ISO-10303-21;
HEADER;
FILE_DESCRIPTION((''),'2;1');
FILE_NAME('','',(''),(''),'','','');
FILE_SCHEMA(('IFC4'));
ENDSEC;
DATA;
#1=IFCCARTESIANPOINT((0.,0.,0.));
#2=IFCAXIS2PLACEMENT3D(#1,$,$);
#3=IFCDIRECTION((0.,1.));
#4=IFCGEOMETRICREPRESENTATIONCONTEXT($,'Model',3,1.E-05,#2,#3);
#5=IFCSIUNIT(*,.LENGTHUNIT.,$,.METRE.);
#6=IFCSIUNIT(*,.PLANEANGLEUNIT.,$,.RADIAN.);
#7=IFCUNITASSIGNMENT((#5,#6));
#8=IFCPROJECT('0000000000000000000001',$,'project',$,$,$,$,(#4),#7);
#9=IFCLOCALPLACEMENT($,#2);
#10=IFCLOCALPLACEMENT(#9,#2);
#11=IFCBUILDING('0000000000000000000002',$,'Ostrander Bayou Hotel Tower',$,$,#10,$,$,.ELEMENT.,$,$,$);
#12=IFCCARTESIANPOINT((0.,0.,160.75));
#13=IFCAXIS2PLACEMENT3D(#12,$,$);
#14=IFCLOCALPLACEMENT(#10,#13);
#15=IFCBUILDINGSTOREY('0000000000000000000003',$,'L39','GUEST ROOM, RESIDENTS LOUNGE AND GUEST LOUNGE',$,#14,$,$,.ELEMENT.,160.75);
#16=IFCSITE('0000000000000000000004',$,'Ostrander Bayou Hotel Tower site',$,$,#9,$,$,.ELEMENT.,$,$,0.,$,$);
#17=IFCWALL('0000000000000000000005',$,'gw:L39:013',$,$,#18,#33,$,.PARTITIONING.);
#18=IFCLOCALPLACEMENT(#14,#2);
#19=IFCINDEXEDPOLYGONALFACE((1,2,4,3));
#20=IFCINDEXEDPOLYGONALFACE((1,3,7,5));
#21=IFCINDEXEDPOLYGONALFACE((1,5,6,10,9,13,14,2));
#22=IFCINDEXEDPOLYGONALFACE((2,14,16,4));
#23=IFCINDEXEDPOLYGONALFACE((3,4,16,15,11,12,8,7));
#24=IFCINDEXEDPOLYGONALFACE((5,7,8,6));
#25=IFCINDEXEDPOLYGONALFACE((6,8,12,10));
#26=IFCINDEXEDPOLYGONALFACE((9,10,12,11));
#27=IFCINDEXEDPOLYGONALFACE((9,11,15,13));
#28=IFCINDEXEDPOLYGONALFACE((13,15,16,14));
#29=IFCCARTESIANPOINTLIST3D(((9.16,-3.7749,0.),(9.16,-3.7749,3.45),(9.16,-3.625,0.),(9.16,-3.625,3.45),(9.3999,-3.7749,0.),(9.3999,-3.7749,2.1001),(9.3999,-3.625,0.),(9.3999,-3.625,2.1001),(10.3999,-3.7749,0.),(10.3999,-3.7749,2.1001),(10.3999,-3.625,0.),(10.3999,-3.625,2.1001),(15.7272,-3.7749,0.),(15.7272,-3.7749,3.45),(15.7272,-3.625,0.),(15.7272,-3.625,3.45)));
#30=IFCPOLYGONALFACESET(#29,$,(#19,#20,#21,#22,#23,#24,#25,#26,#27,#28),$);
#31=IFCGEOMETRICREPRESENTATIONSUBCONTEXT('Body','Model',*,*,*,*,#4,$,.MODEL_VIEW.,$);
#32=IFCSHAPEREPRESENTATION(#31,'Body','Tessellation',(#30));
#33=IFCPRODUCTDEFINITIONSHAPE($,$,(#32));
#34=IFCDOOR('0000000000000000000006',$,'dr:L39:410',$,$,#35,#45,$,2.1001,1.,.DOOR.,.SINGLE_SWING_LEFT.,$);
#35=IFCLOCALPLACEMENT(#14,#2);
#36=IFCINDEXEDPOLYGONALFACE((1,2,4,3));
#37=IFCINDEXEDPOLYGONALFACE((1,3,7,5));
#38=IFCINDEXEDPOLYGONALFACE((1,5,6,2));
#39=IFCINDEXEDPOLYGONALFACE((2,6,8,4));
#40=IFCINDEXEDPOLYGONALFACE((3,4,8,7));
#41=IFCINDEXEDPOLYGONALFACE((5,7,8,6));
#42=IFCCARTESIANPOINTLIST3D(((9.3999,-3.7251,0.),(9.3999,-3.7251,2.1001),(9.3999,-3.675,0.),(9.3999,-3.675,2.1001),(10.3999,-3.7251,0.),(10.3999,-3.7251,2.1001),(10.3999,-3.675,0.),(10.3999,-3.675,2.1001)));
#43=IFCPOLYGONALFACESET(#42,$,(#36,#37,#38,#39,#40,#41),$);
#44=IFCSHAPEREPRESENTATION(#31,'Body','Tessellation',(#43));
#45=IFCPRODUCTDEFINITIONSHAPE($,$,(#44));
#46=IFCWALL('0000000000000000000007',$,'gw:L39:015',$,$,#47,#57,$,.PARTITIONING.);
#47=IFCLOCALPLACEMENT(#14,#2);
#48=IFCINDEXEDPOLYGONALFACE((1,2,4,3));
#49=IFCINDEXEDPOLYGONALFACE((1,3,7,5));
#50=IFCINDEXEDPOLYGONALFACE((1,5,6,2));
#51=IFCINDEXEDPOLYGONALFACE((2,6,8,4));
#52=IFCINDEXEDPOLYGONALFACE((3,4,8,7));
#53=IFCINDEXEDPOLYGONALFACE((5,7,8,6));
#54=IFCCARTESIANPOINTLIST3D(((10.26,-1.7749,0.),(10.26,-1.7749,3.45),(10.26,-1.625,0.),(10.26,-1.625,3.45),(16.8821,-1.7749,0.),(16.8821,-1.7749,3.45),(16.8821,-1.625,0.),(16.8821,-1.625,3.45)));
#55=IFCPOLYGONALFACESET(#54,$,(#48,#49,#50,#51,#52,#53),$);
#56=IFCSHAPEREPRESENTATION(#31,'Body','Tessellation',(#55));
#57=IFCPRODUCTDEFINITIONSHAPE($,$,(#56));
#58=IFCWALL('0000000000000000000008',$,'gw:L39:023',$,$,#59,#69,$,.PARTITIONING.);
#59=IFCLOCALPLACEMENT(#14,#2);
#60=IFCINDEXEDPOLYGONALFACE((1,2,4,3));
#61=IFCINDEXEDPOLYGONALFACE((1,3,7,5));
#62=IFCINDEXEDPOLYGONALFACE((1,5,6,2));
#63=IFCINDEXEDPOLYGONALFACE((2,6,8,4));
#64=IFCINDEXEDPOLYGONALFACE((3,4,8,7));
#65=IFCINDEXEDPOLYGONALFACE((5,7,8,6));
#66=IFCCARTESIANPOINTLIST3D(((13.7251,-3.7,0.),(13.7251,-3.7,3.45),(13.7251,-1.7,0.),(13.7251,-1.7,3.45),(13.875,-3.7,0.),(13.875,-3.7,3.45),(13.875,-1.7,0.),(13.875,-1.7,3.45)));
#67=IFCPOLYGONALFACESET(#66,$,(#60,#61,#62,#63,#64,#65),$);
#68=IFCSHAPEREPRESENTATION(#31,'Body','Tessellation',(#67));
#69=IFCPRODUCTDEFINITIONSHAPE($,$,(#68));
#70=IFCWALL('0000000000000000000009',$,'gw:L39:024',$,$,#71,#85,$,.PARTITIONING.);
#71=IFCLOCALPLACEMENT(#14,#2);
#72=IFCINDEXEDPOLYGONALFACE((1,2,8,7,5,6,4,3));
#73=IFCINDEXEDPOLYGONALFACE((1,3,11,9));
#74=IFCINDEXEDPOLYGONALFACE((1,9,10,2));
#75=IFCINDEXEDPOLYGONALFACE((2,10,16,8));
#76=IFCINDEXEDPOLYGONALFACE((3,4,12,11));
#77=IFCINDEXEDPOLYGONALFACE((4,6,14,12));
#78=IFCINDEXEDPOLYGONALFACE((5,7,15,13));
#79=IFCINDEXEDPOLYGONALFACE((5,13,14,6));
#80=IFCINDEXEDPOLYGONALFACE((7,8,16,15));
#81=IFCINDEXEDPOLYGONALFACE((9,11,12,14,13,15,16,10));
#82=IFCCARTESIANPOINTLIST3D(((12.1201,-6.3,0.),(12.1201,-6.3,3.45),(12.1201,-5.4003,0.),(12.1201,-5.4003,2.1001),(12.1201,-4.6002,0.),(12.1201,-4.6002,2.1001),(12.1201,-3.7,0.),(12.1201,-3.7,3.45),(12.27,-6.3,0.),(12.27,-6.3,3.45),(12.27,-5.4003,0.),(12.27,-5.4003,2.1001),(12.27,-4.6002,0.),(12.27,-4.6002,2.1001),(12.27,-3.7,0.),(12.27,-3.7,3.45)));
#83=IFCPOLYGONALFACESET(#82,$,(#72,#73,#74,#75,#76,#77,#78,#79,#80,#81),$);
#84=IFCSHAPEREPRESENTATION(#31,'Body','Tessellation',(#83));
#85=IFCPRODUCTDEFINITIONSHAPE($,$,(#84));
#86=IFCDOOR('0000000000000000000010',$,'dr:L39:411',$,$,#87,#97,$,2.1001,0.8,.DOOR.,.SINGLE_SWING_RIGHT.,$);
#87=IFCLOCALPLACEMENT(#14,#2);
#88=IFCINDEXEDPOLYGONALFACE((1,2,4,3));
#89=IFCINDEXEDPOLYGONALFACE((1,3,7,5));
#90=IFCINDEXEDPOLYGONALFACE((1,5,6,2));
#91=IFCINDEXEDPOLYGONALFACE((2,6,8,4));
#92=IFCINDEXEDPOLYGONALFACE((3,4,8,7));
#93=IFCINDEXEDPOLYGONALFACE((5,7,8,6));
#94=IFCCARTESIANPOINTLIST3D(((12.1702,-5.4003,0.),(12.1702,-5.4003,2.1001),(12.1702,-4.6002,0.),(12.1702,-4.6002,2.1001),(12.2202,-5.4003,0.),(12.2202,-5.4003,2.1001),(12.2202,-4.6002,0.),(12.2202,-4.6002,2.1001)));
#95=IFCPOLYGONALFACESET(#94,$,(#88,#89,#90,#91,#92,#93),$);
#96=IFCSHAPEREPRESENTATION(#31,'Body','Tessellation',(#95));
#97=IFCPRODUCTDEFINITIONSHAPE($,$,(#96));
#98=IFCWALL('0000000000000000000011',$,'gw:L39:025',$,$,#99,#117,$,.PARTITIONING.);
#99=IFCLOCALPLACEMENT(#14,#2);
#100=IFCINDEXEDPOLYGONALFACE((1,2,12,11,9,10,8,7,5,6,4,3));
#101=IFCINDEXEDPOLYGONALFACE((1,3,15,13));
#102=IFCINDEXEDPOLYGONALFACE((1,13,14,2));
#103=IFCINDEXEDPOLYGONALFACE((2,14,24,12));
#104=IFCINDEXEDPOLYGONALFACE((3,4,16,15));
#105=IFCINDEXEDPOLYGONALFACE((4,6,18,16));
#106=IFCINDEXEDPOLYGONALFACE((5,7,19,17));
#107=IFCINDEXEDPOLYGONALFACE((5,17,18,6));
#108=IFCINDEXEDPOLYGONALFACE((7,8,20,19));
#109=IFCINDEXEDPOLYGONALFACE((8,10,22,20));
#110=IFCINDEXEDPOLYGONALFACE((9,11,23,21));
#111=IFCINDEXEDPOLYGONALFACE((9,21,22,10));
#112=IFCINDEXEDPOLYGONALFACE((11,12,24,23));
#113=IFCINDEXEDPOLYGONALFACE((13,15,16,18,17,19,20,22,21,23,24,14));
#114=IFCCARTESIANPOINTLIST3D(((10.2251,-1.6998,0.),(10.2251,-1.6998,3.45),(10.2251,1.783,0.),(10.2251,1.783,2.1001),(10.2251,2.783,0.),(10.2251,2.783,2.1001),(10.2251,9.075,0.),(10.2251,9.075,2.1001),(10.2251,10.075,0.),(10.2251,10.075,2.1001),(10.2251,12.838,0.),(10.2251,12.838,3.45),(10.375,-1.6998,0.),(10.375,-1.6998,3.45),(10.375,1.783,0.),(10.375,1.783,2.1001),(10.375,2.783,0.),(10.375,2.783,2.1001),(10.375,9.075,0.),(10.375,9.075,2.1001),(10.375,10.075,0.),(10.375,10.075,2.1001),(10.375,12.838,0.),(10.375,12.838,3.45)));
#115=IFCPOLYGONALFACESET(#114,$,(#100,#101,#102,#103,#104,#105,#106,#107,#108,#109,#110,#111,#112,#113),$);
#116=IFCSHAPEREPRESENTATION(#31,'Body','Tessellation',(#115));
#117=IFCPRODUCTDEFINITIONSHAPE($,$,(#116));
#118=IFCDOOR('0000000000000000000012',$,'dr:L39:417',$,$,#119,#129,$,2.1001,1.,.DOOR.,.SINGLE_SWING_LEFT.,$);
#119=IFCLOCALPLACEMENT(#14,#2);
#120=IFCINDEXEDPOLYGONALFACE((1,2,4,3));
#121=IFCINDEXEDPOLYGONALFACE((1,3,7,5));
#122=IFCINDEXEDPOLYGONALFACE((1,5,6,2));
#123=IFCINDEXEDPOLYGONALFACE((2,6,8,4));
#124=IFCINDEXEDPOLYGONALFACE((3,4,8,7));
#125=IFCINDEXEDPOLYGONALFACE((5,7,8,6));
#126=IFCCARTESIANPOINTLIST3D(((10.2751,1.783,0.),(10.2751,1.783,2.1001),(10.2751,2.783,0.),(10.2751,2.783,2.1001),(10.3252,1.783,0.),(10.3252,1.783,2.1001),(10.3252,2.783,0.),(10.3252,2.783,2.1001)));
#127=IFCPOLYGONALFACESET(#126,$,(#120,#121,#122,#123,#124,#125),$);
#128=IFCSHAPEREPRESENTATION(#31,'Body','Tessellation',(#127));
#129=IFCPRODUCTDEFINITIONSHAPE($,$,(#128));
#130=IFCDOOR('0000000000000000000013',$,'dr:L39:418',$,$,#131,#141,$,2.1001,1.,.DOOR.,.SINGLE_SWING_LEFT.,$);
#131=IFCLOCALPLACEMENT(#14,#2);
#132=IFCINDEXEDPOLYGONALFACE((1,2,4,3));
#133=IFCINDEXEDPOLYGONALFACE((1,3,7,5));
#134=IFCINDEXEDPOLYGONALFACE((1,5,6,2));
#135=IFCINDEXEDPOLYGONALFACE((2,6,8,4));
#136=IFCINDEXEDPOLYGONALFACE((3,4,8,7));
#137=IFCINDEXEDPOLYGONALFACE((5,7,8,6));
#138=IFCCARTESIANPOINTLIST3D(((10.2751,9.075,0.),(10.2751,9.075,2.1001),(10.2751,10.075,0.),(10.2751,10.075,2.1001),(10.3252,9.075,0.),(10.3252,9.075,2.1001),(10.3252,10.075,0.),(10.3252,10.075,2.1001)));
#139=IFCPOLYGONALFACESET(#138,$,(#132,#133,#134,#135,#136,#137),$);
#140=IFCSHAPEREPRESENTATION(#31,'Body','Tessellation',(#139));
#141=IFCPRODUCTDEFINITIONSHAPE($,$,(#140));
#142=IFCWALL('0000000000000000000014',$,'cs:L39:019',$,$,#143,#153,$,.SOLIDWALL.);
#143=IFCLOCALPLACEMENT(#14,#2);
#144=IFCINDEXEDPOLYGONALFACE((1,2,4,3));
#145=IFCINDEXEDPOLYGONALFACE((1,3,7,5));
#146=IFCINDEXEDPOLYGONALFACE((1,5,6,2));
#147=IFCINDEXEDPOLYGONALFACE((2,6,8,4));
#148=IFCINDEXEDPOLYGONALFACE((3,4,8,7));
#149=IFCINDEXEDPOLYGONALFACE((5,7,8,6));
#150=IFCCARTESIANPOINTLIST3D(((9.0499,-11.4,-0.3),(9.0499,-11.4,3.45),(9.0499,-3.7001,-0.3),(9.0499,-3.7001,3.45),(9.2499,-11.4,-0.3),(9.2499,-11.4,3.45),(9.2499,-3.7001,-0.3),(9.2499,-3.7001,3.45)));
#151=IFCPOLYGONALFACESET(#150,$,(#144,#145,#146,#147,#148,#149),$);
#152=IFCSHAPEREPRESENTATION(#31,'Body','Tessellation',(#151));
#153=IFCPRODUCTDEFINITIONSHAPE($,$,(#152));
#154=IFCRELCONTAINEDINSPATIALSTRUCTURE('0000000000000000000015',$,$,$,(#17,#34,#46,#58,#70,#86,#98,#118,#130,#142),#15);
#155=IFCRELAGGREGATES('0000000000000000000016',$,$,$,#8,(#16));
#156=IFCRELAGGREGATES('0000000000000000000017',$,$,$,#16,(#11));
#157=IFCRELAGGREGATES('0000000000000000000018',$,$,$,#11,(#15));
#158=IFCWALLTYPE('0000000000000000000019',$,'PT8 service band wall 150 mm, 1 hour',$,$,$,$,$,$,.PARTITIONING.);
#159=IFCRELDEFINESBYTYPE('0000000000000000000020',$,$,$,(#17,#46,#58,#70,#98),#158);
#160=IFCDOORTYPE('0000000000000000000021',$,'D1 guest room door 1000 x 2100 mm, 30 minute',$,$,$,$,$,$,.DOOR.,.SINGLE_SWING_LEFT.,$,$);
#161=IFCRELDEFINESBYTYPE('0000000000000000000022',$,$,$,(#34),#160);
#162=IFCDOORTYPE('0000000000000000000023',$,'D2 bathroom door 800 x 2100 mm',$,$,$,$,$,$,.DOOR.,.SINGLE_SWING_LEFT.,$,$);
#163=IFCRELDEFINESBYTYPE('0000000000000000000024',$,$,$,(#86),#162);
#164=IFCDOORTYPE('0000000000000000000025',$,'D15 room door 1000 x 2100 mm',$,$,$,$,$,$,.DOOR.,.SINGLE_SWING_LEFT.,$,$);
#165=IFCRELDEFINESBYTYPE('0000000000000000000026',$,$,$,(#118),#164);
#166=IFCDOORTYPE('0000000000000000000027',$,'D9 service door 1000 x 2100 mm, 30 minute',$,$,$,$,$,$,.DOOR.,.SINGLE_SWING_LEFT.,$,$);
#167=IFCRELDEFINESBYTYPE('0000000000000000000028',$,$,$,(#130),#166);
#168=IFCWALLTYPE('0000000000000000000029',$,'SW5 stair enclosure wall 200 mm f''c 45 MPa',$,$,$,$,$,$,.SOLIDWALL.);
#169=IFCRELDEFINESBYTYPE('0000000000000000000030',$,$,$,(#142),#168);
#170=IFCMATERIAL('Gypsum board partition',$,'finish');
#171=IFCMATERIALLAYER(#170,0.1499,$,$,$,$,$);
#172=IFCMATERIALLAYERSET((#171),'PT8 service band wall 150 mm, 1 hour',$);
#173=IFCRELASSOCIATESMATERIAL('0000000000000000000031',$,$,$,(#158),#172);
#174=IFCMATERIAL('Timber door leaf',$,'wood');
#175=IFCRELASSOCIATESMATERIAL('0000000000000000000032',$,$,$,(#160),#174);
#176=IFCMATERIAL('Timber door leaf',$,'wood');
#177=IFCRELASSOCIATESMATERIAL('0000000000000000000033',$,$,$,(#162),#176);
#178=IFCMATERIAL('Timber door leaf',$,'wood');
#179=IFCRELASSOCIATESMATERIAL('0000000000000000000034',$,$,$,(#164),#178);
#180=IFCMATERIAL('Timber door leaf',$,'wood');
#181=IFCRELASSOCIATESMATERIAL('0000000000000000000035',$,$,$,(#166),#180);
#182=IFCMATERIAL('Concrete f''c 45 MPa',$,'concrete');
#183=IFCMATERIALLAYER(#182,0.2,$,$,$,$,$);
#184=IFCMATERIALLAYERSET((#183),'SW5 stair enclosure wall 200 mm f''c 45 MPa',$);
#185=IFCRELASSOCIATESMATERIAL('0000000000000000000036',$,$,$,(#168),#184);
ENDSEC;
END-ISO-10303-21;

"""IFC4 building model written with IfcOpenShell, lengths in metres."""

from ifc_helpers import new_model, si_unit, direction, frame, frame_2d, origin, place, context, subcontext, project, spatial, rectangle, extrude, material, layer, layer_set, type_object, element, fill, save


model = new_model("IFC4")

# Units and contexts
model_context = context("Model", 3, precision=1e-05, world=origin(), true_north=direction((0.0, 1.0)))
body_context = subcontext(model_context, "Body", "Model", "MODEL_VIEW")
ifc_project = project(units=[si_unit("LENGTHUNIT", "METRE"), si_unit("PLANEANGLEUNIT", "RADIAN")], contexts=[model_context])

# Site, building, storey
site_placement = place(None, origin())
site = spatial("IfcSite", under=ifc_project, at=site_placement, Name="Ostrander Bayou Hotel Tower site", CompositionType="ELEMENT", RefElevation=0.0)
building_placement = place(site_placement, origin())
building = spatial("IfcBuilding", under=site, at=building_placement, Name="Ostrander Bayou Hotel Tower", CompositionType="ELEMENT")
storey_placement = place(building_placement, frame((0.0, 0.0, 160.75)))
storey = spatial("IfcBuildingStorey", under=building, at=storey_placement, Name="L39", Description="GUEST ROOM, RESIDENTS LOUNGE AND GUEST LOUNGE", CompositionType="ELEMENT", Elevation=160.75)

# Shared definitions
ifc_material_1 = material(Name="Gypsum board partition", Category="finish")
ifc_layer_1 = layer(ifc_material_1, 0.1499)
ifc_layer_set_1 = layer_set([ifc_layer_1], Name="PT8 service band wall 150 mm, 1 hour")
wall_type_1 = type_object("IfcWallType", Name="PT8 service band wall 150 mm, 1 hour", PredefinedType="PARTITIONING", material=ifc_layer_set_1)

# Wall, opening, door
wall_1_placement = place(storey_placement, frame((9.1599, -3.7, 0.0), z_axis=(0.0, 0.0, 1.0), x_axis=(1.0, 0.0, 0.0)))
wall_1 = element("IfcWall", 1, at=wall_1_placement, inside=storey, type_object=wall_type_1, Name="gw:L39:013", PredefinedType="PARTITIONING", context=body_context, shape_type="SweptSolid", body=[
    extrude(rectangle(XDim=6.5671, YDim=0.1499, at=frame_2d((3.2837, 0.0))), origin(), (0.0, 0.0, 1.0), 3.45),
])
opening_1_placement = place(wall_1_placement, frame((0.24, 0.0, 0.0)))
opening_1 = element("IfcOpeningElement", 2, at=opening_1_placement, cuts=wall_1, PredefinedType="OPENING", context=body_context, shape_type="SweptSolid", body=[
    extrude(rectangle(XDim=1.0, YDim=2.1001, at=frame_2d((0.5, 1.05))), frame((0.0, 0.075, 0.0), z_axis=(0.0, -1.0, 0.0), x_axis=(1.0, 0.0, 0.0)), (0.0, 0.0, 1.0), 0.1499),
])
ifc_material_2 = material(Name="Timber door leaf", Category="wood")
door_type_1 = type_object("IfcDoorType", Name="D1 guest room door 1000 x 2100 mm, 30 minute", OperationType="SINGLE_SWING_LEFT", PredefinedType="DOOR", material=ifc_material_2)
door_1_placement = place(opening_1_placement, origin())
door_1 = element("IfcDoor", 3, at=door_1_placement, inside=storey, type_object=door_type_1, Name="dr:L39:410", OperationType="SINGLE_SWING_LEFT", OverallHeight=2.1001, OverallWidth=1.0, PredefinedType="DOOR", context=body_context, shape_type="SweptSolid", body=[
    extrude(rectangle(XDim=1.0, YDim=2.1001, at=frame_2d((0.5, 1.05))), frame((0.0, 0.0249, 0.0), z_axis=(0.0, -1.0, 0.0), x_axis=(1.0, 0.0, 0.0)), (0.0, 0.0, 1.0), 0.05),
])
fill(opening_1, door_1)

# Walls
wall_2_placement = place(storey_placement, frame((10.26, -1.7, 0.0), z_axis=(0.0, 0.0, 1.0), x_axis=(1.0, 0.0, 0.0)))
element("IfcWall", 4, at=wall_2_placement, inside=storey, type_object=wall_type_1, Name="gw:L39:015", PredefinedType="PARTITIONING", context=body_context, shape_type="SweptSolid", body=[
    extrude(rectangle(XDim=6.6221, YDim=0.1499, at=frame_2d((3.311, 0.0))), origin(), (0.0, 0.0, 1.0), 3.45),
])
wall_3_placement = place(storey_placement, frame((13.8, -3.7, 0.0), z_axis=(0.0, 0.0, 1.0), x_axis=(0.0, 1.0, 0.0)))
element("IfcWall", 5, at=wall_3_placement, inside=storey, type_object=wall_type_1, Name="gw:L39:023", PredefinedType="PARTITIONING", context=body_context, shape_type="SweptSolid", body=[
    extrude(rectangle(XDim=2.0, YDim=0.1499, at=frame_2d((1.0, 0.0))), origin(), (0.0, 0.0, 1.0), 3.45),
])

# Wall, opening, door
wall_4_placement = place(storey_placement, frame((12.1951, -6.3, 0.0), z_axis=(0.0, 0.0, 1.0), x_axis=(0.0, 1.0, 0.0)))
wall_4 = element("IfcWall", 6, at=wall_4_placement, inside=storey, type_object=wall_type_1, Name="gw:L39:024", PredefinedType="PARTITIONING", context=body_context, shape_type="SweptSolid", body=[
    extrude(rectangle(XDim=2.6001, YDim=0.1499, at=frame_2d((1.3, 0.0))), origin(), (0.0, 0.0, 1.0), 3.45),
])
opening_2_placement = place(wall_4_placement, frame((0.8999, 0.0, 0.0)))
opening_2 = element("IfcOpeningElement", 7, at=opening_2_placement, cuts=wall_4, PredefinedType="OPENING", context=body_context, shape_type="SweptSolid", body=[
    extrude(rectangle(XDim=0.8, YDim=2.1001, at=frame_2d((0.3999, 1.05))), frame((0.0, 0.075, 0.0), z_axis=(0.0, -1.0, 0.0), x_axis=(1.0, 0.0, 0.0)), (0.0, 0.0, 1.0), 0.1499),
])
ifc_material_3 = material(Name="Timber door leaf", Category="wood")
door_type_2 = type_object("IfcDoorType", Name="D2 bathroom door 800 x 2100 mm", OperationType="SINGLE_SWING_LEFT", PredefinedType="DOOR", material=ifc_material_3)
door_2_placement = place(opening_2_placement, origin())
door_2 = element("IfcDoor", 8, at=door_2_placement, inside=storey, type_object=door_type_2, Name="dr:L39:411", OperationType="SINGLE_SWING_RIGHT", OverallHeight=2.1001, OverallWidth=0.8, PredefinedType="DOOR", context=body_context, shape_type="SweptSolid", body=[
    extrude(rectangle(XDim=0.8, YDim=2.1001, at=frame_2d((0.3999, 1.05))), frame((0.0, 0.0249, 0.0), z_axis=(0.0, -1.0, 0.0), x_axis=(1.0, 0.0, 0.0)), (0.0, 0.0, 1.0), 0.05),
])
fill(opening_2, door_2)

# Wall, openings, doors
wall_5_placement = place(storey_placement, frame((10.3, -1.7, 0.0), z_axis=(0.0, 0.0, 1.0), x_axis=(0.0, 1.0, 0.0)))
wall_5 = element("IfcWall", 9, at=wall_5_placement, inside=storey, type_object=wall_type_1, Name="gw:L39:025", PredefinedType="PARTITIONING", context=body_context, shape_type="SweptSolid", body=[
    extrude(rectangle(XDim=14.5378, YDim=0.1499, at=frame_2d((7.269, 0.0))), origin(), (0.0, 0.0, 1.0), 3.45),
])
opening_3_placement = place(wall_5_placement, frame((3.4829, 0.0, 0.0)))
opening_3 = element("IfcOpeningElement", 10, at=opening_3_placement, cuts=wall_5, PredefinedType="OPENING", context=body_context, shape_type="SweptSolid", body=[
    extrude(rectangle(XDim=1.0, YDim=2.1001, at=frame_2d((0.5, 1.05))), frame((0.0, 0.075, 0.0), z_axis=(0.0, -1.0, 0.0), x_axis=(1.0, 0.0, 0.0)), (0.0, 0.0, 1.0), 0.1499),
])
opening_4_placement = place(wall_5_placement, frame((10.7749, 0.0, 0.0)))
opening_4 = element("IfcOpeningElement", 11, at=opening_4_placement, cuts=wall_5, PredefinedType="OPENING", context=body_context, shape_type="SweptSolid", body=[
    extrude(rectangle(XDim=1.0, YDim=2.1001, at=frame_2d((0.5, 1.05))), frame((0.0, 0.075, 0.0), z_axis=(0.0, -1.0, 0.0), x_axis=(1.0, 0.0, 0.0)), (0.0, 0.0, 1.0), 0.1499),
])
ifc_material_4 = material(Name="Timber door leaf", Category="wood")
door_type_3 = type_object("IfcDoorType", Name="D15 room door 1000 x 2100 mm", OperationType="SINGLE_SWING_LEFT", PredefinedType="DOOR", material=ifc_material_4)
door_3_placement = place(opening_3_placement, origin())
door_3 = element("IfcDoor", 12, at=door_3_placement, inside=storey, type_object=door_type_3, Name="dr:L39:417", OperationType="SINGLE_SWING_LEFT", OverallHeight=2.1001, OverallWidth=1.0, PredefinedType="DOOR", context=body_context, shape_type="SweptSolid", body=[
    extrude(rectangle(XDim=1.0, YDim=2.1001, at=frame_2d((0.5, 1.05))), frame((0.0, 0.0249, 0.0), z_axis=(0.0, -1.0, 0.0), x_axis=(1.0, 0.0, 0.0)), (0.0, 0.0, 1.0), 0.05),
])
fill(opening_3, door_3)
ifc_material_5 = material(Name="Timber door leaf", Category="wood")
door_type_4 = type_object("IfcDoorType", Name="D9 service door 1000 x 2100 mm, 30 minute", OperationType="SINGLE_SWING_LEFT", PredefinedType="DOOR", material=ifc_material_5)
door_4_placement = place(opening_4_placement, origin())
door_4 = element("IfcDoor", 13, at=door_4_placement, inside=storey, type_object=door_type_4, Name="dr:L39:418", OperationType="SINGLE_SWING_LEFT", OverallHeight=2.1001, OverallWidth=1.0, PredefinedType="DOOR", context=body_context, shape_type="SweptSolid", body=[
    extrude(rectangle(XDim=1.0, YDim=2.1001, at=frame_2d((0.5, 1.05))), frame((0.0, 0.0249, 0.0), z_axis=(0.0, -1.0, 0.0), x_axis=(1.0, 0.0, 0.0)), (0.0, 0.0, 1.0), 0.05),
])
fill(opening_4, door_4)

# Wall
ifc_material_6 = material(Name="Concrete f'c 45 MPa", Category="concrete")
ifc_layer_2 = layer(ifc_material_6, 0.2)
ifc_layer_set_2 = layer_set([ifc_layer_2], Name="SW5 stair enclosure wall 200 mm f'c 45 MPa")
wall_type_2 = type_object("IfcWallType", Name="SW5 stair enclosure wall 200 mm f'c 45 MPa", PredefinedType="SOLIDWALL", material=ifc_layer_set_2)
wall_6_placement = place(storey_placement, frame((9.1499, -3.7, -0.3), z_axis=(0.0, 0.0, 1.0), x_axis=(0.0, -1.0, 0.0)))
element("IfcWall", 14, at=wall_6_placement, inside=storey, type_object=wall_type_2, Name="cs:L39:019", PredefinedType="SOLIDWALL", context=body_context, shape_type="SweptSolid", body=[
    extrude(rectangle(XDim=7.7, YDim=0.2, at=frame_2d((3.8501, 0.0))), origin(), (0.0, 0.0, 1.0), 3.75),
])

save(model, "model.ifc")
